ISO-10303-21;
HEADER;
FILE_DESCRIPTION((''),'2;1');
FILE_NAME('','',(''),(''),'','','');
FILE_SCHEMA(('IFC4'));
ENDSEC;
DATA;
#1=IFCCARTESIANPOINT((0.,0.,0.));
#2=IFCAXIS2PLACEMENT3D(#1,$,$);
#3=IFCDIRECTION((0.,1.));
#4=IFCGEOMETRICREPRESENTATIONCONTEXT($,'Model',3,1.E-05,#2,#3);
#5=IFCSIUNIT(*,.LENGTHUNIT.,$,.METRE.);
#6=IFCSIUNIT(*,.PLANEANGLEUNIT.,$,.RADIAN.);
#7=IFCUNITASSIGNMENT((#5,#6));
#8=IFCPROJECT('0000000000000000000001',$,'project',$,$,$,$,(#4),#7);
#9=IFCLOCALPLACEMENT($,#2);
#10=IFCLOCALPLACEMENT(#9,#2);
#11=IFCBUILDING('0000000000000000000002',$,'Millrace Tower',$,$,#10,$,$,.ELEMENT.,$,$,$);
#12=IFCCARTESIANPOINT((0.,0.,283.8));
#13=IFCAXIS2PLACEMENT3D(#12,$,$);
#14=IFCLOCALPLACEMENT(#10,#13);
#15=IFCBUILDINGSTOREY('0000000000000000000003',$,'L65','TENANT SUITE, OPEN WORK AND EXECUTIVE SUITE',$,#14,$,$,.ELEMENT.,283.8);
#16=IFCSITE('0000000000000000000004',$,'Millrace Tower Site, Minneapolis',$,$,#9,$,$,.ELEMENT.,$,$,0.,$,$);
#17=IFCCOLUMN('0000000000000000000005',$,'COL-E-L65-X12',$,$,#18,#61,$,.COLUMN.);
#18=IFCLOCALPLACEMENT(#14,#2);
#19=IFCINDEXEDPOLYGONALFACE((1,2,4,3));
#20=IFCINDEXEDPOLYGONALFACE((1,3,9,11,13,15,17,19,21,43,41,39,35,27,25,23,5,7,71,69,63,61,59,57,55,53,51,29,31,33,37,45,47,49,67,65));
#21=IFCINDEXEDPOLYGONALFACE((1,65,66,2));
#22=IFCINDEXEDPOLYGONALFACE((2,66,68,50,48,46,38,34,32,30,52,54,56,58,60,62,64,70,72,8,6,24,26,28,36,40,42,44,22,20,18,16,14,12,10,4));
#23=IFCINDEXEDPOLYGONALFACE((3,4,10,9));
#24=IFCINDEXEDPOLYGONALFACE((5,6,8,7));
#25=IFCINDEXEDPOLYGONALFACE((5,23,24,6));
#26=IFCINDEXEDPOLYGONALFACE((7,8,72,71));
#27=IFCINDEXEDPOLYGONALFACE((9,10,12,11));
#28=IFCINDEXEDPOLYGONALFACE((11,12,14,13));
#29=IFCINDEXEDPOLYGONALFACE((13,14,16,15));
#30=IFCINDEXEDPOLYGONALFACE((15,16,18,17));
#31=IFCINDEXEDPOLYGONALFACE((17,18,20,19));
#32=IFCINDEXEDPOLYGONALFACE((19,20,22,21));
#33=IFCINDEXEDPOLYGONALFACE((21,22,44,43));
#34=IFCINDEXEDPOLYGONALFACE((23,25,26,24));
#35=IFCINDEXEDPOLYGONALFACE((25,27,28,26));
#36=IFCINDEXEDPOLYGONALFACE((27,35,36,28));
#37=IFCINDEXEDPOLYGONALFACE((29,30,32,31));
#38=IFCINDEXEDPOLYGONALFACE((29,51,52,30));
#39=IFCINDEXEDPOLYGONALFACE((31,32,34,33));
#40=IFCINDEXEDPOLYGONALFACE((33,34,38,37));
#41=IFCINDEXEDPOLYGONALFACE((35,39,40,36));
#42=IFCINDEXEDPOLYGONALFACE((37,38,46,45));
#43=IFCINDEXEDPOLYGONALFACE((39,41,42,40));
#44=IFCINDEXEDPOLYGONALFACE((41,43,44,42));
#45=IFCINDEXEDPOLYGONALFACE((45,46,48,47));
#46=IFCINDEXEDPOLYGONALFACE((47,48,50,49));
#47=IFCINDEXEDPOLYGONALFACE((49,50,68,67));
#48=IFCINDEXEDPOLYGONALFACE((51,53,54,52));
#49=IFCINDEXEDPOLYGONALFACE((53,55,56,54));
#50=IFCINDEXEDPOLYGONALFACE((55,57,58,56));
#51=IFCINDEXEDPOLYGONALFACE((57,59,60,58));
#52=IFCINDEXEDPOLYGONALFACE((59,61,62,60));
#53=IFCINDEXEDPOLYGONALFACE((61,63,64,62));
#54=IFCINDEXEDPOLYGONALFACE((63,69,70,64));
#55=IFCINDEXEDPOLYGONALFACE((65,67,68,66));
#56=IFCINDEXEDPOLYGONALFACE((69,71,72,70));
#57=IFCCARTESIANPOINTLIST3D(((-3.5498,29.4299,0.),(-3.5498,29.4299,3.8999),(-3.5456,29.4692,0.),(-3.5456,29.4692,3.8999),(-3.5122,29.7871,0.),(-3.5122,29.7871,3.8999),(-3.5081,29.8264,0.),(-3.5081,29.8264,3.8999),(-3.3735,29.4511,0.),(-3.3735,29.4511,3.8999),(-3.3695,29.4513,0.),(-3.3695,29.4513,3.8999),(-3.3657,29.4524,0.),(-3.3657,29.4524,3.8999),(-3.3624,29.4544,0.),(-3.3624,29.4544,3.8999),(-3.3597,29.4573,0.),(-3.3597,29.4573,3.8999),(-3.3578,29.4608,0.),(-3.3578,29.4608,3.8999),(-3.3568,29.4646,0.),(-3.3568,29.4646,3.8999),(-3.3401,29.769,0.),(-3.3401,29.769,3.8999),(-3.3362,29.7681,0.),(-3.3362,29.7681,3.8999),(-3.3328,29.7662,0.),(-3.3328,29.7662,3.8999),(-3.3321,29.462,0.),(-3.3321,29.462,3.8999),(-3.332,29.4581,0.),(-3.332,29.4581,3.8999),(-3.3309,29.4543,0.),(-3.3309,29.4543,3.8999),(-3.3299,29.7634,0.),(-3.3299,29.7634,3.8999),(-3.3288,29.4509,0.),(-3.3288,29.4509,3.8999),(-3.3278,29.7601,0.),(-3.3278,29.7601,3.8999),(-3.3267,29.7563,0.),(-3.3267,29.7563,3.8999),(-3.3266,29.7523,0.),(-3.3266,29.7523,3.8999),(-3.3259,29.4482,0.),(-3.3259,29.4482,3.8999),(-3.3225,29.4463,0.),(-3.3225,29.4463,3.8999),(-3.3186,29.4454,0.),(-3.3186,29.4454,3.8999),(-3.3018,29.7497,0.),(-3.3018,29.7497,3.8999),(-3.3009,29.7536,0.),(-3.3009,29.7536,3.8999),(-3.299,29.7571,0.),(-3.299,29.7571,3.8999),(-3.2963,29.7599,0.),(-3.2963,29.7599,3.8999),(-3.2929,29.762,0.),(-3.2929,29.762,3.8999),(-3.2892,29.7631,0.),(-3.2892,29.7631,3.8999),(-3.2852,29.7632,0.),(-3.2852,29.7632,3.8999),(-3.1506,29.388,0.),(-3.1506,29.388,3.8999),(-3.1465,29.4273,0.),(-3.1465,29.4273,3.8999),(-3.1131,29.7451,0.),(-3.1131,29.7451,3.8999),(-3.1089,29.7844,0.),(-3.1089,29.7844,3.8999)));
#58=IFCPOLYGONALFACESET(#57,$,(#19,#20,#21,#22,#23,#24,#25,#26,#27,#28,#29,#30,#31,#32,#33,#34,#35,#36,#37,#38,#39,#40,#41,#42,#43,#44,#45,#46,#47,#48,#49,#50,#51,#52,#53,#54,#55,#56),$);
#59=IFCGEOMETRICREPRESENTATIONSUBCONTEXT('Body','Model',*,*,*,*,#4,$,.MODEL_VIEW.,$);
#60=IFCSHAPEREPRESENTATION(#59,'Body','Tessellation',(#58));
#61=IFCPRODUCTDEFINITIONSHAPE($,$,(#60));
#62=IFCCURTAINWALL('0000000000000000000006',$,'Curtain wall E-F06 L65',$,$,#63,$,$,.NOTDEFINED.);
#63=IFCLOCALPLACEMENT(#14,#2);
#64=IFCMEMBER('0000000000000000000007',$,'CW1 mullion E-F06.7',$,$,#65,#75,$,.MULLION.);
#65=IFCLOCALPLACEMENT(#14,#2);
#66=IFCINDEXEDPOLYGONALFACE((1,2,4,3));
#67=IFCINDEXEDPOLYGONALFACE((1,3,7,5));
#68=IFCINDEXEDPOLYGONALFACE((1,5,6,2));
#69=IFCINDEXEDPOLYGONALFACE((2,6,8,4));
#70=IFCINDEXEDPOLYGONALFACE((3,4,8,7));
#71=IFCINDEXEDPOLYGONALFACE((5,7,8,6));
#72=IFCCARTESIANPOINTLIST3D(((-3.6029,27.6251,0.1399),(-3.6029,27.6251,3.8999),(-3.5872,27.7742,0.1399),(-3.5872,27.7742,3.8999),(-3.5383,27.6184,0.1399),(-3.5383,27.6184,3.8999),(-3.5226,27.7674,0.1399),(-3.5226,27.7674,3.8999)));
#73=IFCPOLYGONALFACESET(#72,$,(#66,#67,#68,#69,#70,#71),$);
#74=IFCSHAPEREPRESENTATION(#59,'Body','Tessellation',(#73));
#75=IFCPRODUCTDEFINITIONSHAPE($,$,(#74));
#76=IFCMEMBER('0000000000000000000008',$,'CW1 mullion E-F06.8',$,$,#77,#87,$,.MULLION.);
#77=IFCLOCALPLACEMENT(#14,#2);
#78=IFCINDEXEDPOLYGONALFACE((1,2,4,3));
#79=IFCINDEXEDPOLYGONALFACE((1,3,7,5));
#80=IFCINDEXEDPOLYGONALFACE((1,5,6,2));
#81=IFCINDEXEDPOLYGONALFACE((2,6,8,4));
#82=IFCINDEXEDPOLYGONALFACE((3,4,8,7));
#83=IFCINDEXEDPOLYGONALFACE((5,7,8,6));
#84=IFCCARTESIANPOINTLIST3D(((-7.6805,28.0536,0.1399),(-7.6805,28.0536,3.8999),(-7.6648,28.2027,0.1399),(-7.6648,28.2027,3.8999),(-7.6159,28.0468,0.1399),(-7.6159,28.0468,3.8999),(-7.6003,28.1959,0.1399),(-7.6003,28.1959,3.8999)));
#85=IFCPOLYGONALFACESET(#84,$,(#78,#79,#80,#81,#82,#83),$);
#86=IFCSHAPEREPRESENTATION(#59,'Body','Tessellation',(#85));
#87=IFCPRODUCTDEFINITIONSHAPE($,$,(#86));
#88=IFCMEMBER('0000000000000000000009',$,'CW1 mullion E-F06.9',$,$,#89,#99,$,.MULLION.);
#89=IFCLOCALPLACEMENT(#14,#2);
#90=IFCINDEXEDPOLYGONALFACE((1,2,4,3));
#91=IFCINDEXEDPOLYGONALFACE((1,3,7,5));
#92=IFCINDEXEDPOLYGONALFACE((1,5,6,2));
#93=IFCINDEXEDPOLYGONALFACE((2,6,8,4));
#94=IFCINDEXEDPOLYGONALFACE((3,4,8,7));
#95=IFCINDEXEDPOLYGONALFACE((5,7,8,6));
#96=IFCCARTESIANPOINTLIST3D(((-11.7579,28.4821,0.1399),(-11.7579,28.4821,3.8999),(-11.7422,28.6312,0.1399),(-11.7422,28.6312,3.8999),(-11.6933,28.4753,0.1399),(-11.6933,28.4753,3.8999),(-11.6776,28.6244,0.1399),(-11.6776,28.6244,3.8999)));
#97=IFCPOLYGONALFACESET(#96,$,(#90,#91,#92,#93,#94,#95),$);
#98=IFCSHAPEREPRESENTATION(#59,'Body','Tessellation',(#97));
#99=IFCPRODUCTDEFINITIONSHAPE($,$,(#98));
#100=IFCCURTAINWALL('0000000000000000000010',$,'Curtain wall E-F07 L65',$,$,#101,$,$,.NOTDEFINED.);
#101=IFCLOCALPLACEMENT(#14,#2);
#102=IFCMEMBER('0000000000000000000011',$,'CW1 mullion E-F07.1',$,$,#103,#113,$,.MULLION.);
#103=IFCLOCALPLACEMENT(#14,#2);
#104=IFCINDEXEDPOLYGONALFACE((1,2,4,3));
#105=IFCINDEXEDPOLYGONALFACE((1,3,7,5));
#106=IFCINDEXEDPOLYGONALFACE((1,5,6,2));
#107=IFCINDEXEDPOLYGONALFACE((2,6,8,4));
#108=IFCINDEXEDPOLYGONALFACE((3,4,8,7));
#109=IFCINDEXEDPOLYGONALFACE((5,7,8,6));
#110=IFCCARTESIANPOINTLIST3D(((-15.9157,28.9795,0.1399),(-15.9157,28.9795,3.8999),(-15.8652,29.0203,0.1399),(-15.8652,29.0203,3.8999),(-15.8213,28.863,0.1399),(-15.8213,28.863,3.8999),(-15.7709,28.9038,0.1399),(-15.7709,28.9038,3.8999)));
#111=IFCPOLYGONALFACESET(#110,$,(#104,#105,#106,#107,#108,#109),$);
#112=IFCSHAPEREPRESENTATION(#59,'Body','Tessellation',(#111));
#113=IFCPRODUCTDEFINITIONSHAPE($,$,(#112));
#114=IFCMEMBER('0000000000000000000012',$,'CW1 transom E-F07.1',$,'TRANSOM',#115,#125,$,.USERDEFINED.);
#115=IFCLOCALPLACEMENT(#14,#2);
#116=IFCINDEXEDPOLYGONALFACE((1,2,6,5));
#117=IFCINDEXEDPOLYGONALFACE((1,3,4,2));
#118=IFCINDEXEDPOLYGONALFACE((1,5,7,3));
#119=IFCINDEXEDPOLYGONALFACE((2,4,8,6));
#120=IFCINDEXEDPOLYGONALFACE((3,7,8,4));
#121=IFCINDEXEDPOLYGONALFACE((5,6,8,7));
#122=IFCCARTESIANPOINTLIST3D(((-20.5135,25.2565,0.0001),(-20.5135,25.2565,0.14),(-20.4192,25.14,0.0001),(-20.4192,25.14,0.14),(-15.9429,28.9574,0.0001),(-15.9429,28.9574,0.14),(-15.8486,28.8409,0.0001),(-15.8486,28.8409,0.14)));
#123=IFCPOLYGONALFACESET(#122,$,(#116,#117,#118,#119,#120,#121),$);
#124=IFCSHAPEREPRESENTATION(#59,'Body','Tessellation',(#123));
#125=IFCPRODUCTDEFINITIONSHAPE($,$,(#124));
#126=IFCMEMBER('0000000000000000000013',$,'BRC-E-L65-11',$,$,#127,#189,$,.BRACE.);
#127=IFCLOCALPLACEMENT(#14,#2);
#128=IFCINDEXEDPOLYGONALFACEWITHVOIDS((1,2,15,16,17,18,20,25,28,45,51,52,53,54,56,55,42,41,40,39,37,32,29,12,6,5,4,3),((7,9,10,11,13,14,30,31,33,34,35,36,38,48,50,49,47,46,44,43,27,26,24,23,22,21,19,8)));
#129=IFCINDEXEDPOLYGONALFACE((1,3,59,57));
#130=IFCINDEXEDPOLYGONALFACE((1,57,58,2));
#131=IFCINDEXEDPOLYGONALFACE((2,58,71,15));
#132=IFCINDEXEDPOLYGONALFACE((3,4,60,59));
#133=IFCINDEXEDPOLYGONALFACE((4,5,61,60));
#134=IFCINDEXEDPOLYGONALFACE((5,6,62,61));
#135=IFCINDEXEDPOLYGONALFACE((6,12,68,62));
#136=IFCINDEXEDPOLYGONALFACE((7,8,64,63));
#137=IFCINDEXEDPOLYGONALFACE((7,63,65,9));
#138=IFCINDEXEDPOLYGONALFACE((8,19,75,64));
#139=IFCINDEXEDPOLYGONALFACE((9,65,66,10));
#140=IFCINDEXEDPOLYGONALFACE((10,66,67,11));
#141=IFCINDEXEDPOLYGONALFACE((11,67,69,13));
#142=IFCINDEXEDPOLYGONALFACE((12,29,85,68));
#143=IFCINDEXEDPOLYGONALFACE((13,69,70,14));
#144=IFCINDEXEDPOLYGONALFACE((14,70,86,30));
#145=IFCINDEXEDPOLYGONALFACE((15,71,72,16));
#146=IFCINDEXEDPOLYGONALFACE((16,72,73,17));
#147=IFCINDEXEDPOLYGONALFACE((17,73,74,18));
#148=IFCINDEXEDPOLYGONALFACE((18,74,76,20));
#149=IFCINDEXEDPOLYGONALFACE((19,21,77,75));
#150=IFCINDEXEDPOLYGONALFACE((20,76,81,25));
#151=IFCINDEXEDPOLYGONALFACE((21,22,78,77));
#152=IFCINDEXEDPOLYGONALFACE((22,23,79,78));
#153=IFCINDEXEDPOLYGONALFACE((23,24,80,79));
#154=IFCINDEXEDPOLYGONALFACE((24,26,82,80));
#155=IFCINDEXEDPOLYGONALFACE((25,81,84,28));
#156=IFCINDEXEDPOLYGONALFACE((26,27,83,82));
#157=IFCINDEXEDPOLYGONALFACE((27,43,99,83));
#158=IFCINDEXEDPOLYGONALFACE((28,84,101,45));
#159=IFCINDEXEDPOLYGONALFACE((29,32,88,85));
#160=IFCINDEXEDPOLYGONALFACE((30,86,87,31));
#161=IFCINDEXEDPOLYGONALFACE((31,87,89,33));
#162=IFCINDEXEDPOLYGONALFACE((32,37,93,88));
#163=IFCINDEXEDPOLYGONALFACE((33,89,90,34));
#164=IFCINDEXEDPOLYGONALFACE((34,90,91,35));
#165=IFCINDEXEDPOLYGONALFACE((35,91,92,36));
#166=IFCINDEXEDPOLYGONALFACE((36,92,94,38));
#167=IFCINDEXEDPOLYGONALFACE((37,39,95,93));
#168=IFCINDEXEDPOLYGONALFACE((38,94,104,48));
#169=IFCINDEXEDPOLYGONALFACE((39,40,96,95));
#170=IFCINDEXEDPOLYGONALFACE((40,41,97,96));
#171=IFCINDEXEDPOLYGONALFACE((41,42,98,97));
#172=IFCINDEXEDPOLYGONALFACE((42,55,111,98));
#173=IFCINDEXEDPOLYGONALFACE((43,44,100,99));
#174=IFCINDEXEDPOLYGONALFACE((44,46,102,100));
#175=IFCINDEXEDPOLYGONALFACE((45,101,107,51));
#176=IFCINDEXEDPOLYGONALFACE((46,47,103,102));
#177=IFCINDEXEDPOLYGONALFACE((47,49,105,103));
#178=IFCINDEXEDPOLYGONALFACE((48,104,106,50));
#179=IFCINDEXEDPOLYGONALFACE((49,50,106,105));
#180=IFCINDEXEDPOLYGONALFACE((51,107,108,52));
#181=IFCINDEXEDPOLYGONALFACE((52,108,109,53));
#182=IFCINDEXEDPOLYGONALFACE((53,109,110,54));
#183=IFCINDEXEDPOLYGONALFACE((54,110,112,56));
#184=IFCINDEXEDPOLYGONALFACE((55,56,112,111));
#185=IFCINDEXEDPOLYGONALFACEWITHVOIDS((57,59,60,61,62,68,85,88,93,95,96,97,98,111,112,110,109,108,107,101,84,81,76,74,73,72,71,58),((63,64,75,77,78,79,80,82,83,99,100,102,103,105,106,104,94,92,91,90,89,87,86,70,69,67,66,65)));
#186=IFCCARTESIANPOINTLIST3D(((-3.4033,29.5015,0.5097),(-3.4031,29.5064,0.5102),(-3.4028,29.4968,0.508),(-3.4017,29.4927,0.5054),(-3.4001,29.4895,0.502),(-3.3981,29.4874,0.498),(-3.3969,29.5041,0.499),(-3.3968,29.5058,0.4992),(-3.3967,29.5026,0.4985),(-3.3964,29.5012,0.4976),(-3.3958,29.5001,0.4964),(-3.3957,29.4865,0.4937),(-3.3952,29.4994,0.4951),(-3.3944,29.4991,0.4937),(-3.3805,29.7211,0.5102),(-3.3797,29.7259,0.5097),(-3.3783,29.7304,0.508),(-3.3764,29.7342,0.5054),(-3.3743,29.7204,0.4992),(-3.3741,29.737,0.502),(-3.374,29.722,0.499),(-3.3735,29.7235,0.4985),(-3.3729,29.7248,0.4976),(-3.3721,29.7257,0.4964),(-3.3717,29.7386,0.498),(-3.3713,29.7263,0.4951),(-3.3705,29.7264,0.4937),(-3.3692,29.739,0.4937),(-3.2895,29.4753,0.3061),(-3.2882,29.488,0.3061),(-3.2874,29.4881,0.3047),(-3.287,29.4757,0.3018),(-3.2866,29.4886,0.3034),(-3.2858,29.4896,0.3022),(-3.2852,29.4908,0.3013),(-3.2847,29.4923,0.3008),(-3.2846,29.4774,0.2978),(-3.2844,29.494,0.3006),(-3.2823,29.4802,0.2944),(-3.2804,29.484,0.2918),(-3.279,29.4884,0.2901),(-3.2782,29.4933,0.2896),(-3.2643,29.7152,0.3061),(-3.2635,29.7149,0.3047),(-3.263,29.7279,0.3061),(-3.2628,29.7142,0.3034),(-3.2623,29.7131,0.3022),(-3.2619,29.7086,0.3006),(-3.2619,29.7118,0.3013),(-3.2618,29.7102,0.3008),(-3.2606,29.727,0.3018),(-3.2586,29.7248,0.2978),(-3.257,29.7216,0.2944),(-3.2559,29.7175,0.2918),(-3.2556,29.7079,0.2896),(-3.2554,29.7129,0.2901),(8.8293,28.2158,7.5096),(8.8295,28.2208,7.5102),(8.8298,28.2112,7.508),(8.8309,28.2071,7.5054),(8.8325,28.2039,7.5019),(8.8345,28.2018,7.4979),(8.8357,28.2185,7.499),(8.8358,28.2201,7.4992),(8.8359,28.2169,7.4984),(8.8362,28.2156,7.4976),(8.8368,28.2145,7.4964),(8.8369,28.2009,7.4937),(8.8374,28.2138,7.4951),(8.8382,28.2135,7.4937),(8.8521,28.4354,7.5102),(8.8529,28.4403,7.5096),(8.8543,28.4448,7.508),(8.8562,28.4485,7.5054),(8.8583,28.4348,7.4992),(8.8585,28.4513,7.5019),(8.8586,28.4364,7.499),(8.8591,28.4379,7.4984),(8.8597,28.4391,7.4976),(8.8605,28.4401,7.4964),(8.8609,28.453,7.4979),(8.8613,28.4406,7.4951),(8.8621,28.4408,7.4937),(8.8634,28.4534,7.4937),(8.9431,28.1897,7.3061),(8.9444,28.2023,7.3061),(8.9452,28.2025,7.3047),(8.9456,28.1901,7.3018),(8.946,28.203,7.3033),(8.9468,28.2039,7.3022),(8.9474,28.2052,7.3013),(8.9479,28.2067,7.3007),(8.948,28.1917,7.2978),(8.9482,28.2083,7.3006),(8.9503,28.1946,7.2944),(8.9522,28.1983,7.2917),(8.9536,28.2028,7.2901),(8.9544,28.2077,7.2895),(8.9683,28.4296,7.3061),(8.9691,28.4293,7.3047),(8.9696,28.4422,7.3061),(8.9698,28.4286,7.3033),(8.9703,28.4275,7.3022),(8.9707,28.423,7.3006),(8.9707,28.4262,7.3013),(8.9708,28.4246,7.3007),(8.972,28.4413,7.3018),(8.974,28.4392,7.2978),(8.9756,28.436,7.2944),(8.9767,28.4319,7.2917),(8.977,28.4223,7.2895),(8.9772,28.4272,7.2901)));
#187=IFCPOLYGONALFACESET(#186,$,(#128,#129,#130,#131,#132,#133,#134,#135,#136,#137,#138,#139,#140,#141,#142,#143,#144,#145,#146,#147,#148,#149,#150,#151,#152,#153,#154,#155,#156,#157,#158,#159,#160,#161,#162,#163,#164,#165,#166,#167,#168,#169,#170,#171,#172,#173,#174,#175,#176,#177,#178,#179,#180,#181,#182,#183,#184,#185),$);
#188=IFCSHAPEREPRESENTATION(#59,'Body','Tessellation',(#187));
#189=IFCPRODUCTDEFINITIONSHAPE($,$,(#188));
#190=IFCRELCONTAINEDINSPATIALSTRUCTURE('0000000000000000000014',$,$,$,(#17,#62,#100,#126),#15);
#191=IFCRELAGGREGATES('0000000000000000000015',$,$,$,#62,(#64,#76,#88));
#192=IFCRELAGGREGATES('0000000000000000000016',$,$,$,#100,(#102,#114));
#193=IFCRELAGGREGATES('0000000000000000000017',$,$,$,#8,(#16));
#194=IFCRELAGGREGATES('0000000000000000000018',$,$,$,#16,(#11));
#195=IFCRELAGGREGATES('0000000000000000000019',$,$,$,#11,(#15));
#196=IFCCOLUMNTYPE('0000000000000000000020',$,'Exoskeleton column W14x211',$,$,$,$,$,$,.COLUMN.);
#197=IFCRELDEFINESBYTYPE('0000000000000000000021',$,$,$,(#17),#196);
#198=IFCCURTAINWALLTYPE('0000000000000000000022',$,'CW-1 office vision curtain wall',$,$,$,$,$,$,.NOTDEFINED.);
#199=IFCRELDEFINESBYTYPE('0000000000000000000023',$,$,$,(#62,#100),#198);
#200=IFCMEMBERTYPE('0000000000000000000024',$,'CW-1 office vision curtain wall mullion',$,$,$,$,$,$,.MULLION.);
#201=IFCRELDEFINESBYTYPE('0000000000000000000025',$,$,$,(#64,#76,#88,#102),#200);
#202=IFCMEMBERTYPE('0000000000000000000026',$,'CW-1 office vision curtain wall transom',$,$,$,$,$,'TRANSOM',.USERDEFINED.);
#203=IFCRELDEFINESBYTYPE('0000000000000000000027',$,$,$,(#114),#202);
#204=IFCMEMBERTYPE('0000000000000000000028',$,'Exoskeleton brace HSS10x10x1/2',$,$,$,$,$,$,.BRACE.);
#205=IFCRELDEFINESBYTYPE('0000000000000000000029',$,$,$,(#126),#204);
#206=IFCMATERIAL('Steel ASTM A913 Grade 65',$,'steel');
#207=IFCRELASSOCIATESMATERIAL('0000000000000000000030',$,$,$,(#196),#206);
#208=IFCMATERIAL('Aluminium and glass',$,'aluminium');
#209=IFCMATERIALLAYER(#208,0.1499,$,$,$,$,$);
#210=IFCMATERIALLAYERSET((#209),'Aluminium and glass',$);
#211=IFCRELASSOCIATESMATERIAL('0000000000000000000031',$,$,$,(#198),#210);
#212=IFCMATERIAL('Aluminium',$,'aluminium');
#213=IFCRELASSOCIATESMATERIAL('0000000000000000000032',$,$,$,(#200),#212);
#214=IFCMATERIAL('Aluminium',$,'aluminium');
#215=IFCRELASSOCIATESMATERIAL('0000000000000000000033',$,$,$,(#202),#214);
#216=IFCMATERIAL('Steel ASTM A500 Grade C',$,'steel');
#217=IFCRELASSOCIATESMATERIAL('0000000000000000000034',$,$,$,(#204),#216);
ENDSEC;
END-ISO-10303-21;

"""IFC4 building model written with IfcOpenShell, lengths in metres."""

from ifc_helpers import new_model, si_unit, direction, frame, origin, origin_2d, place, context, subcontext, project, spatial, rectangle, hollow_rectangle, i_section, extrude, material, layer, layer_set, material_profile, profile_set, type_object, element, aggregate, save


model = new_model("IFC4")

# Units and contexts
model_context = context("Model", 3, precision=1e-05, world=origin(), true_north=direction((0.0, 1.0)))
body_context = subcontext(model_context, "Body", "Model", "MODEL_VIEW")
ifc_project = project(units=[si_unit("LENGTHUNIT", "METRE"), si_unit("PLANEANGLEUNIT", "RADIAN")], contexts=[model_context])

# Site, building, storey
site_placement = place(None, origin())
site = spatial("IfcSite", under=ifc_project, at=site_placement, Name="Millrace Tower Site, Minneapolis", CompositionType="ELEMENT", RefElevation=0.0)
building_placement = place(site_placement, origin())
building = spatial("IfcBuilding", under=site, at=building_placement, Name="Millrace Tower", CompositionType="ELEMENT")
storey_placement = place(building_placement, frame((0.0, 0.0, 283.8)))
storey = spatial("IfcBuildingStorey", under=building, at=storey_placement, Name="L65", Description="TENANT SUITE, OPEN WORK AND EXECUTIVE SUITE", CompositionType="ELEMENT", Elevation=283.8)

# Column
ifc_material_1 = material(Name="Steel ASTM A913 Grade 65", Category="steel")
ifc_material_profile_1 = material_profile(ifc_material_1, i_section(OverallWidth=0.4014, OverallDepth=0.3987, WebThickness=0.0249, FlangeThickness=0.0396, FilletRadius=0.0151, at=origin_2d()))
ifc_profile_set_1 = profile_set([ifc_material_profile_1], Name="Steel ASTM A913 Grade 65")
column_type = type_object("IfcColumnType", Name="Exoskeleton column W14x211", PredefinedType="COLUMN", material=ifc_profile_set_1)
column_placement = place(storey_placement, frame((-3.3293, 29.6072, 0.0), z_axis=(0.0, 0.0, 1.0), x_axis=(-0.994522, 0.104528, 0.0)))
element("IfcColumn", 1, at=column_placement, inside=storey, type_object=column_type, Name="COL-E-L65-X12", PredefinedType="COLUMN", context=body_context, shape_type="SweptSolid", body=[
    extrude(i_section(OverallWidth=0.4014, OverallDepth=0.3987, WebThickness=0.0249, FlangeThickness=0.0396, FilletRadius=0.0151, at=origin_2d()), origin(), (0.0, 0.0, 1.0), 3.8999),
])

# Curtain walls, members
ifc_material_2 = material(Name="Aluminium and glass", Category="aluminium")
ifc_layer_1 = layer(ifc_material_2, 0.1499)
ifc_layer_set_1 = layer_set([ifc_layer_1], Name="Aluminium and glass")
curtain_wall_type = type_object("IfcCurtainWallType", Name="CW-1 office vision curtain wall", PredefinedType="NOTDEFINED", material=ifc_layer_set_1)
placement = place(storey_placement, origin())
curtain_wall_1 = element("IfcCurtainWall", 2, at=placement, inside=storey, type_object=curtain_wall_type, Name="Curtain wall E-F06 L65", PredefinedType="NOTDEFINED")
ifc_material_3 = material(Name="Aluminium", Category="aluminium")
ifc_material_profile_2 = material_profile(ifc_material_3, rectangle(XDim=0.0649, YDim=0.1499, at=origin_2d()))
ifc_profile_set_2 = profile_set([ifc_material_profile_2], Name="Aluminium")
member_type_1 = type_object("IfcMemberType", Name="CW-1 office vision curtain wall mullion", PredefinedType="MULLION", material=ifc_profile_set_2)
member_1_placement = place(storey_placement, frame((-3.5627, 27.6963, 0.1399), z_axis=(0.0, 0.0, 1.0), x_axis=(-0.994522, 0.104528, 0.0)))
member_1 = element("IfcMember", 3, at=member_1_placement, type_object=member_type_1, Name="CW1 mullion E-F06.7", PredefinedType="MULLION", context=body_context, shape_type="SweptSolid", body=[
    extrude(rectangle(XDim=0.0649, YDim=0.1499, at=origin_2d()), origin(), (0.0, 0.0, 1.0), 3.76),
])
member_2_placement = place(storey_placement, frame((-7.6404, 28.1248, 0.1399), z_axis=(0.0, 0.0, 1.0), x_axis=(-0.994522, 0.104528, 0.0)))
member_2 = element("IfcMember", 4, at=member_2_placement, type_object=member_type_1, Name="CW1 mullion E-F06.8", PredefinedType="MULLION", context=body_context, shape_type="SweptSolid", body=[
    extrude(rectangle(XDim=0.0649, YDim=0.1499, at=origin_2d()), origin(), (0.0, 0.0, 1.0), 3.76),
])
member_3_placement = place(storey_placement, frame((-11.7178, 28.5532, 0.1399), z_axis=(0.0, 0.0, 1.0), x_axis=(-0.994522, 0.104528, 0.0)))
member_3 = element("IfcMember", 5, at=member_3_placement, type_object=member_type_1, Name="CW1 mullion E-F06.9", PredefinedType="MULLION", context=body_context, shape_type="SweptSolid", body=[
    extrude(rectangle(XDim=0.0649, YDim=0.1499, at=origin_2d()), origin(), (0.0, 0.0, 1.0), 3.76),
])
aggregate(curtain_wall_1, [member_1, member_2, member_3])
curtain_wall_2 = element("IfcCurtainWall", 6, at=placement, inside=storey, type_object=curtain_wall_type, Name="Curtain wall E-F07 L65", PredefinedType="NOTDEFINED")
member_4_placement = place(storey_placement, frame((-15.8433, 28.9417, 0.1399), z_axis=(0.0, 0.0, 1.0), x_axis=(-0.777146, -0.62932, 0.0)))
member_4 = element("IfcMember", 7, at=member_4_placement, type_object=member_type_1, Name="CW1 mullion E-F07.1", PredefinedType="MULLION", context=body_context, shape_type="SweptSolid", body=[
    extrude(rectangle(XDim=0.0649, YDim=0.1499, at=origin_2d()), origin(), (0.0, 0.0, 1.0), 3.76),
])
ifc_material_4 = material(Name="Aluminium", Category="aluminium")
ifc_material_profile_3 = material_profile(ifc_material_4, rectangle(XDim=0.1499, YDim=0.1399, at=origin_2d()))
ifc_profile_set_3 = profile_set([ifc_material_profile_3], Name="Aluminium")
member_type_2 = type_object("IfcMemberType", Name="CW-1 office vision curtain wall transom", ElementType="TRANSOM", PredefinedType="USERDEFINED", material=ifc_profile_set_3)
member_5_placement = place(storey_placement, frame((-15.8958, 28.8992, 0.0701), z_axis=(-0.777166, -0.629296, 0.0), x_axis=(0.629296, -0.777166, 0.0)))
member_5 = element("IfcMember", 8, at=member_5_placement, type_object=member_type_2, Name="CW1 transom E-F07.1", ObjectType="TRANSOM", PredefinedType="USERDEFINED", context=body_context, shape_type="SweptSolid", body=[
    extrude(rectangle(XDim=0.1499, YDim=0.1399, at=origin_2d()), origin(), (0.0, 0.0, 1.0), 5.8811),
])
aggregate(curtain_wall_2, [member_4, member_5])

# Member
ifc_material_5 = material(Name="Steel ASTM A500 Grade C", Category="steel")
ifc_material_profile_4 = material_profile(ifc_material_5, hollow_rectangle(XDim=0.2539, YDim=0.2539, WallThickness=0.0127, InnerFilletRadius=0.0063, OuterFilletRadius=0.019, at=origin_2d()))
ifc_profile_set_4 = profile_set([ifc_material_profile_4], Name="Steel ASTM A500 Grade C")
member_type_3 = type_object("IfcMemberType", Name="Exoskeleton brace HSS10x10x1/2", PredefinedType="BRACE", material=ifc_profile_set_4)
member_6_placement = place(storey_placement, frame((-3.3293, 29.6072, 0.3999), z_axis=(0.864352, -0.090843, 0.494615), x_axis=(0.104524, 0.994522, 0.0)))
element("IfcMember", 9, at=member_6_placement, inside=storey, type_object=member_type_3, Name="BRC-E-L65-11", PredefinedType="BRACE", context=body_context, shape_type="SweptSolid", body=[
    extrude(hollow_rectangle(XDim=0.2539, YDim=0.2539, WallThickness=0.0127, InnerFilletRadius=0.0063, OuterFilletRadius=0.019, at=origin_2d()), origin(), (0.0, 0.0, 1.0), 14.1523),
])

save(model, "model.ifc")
